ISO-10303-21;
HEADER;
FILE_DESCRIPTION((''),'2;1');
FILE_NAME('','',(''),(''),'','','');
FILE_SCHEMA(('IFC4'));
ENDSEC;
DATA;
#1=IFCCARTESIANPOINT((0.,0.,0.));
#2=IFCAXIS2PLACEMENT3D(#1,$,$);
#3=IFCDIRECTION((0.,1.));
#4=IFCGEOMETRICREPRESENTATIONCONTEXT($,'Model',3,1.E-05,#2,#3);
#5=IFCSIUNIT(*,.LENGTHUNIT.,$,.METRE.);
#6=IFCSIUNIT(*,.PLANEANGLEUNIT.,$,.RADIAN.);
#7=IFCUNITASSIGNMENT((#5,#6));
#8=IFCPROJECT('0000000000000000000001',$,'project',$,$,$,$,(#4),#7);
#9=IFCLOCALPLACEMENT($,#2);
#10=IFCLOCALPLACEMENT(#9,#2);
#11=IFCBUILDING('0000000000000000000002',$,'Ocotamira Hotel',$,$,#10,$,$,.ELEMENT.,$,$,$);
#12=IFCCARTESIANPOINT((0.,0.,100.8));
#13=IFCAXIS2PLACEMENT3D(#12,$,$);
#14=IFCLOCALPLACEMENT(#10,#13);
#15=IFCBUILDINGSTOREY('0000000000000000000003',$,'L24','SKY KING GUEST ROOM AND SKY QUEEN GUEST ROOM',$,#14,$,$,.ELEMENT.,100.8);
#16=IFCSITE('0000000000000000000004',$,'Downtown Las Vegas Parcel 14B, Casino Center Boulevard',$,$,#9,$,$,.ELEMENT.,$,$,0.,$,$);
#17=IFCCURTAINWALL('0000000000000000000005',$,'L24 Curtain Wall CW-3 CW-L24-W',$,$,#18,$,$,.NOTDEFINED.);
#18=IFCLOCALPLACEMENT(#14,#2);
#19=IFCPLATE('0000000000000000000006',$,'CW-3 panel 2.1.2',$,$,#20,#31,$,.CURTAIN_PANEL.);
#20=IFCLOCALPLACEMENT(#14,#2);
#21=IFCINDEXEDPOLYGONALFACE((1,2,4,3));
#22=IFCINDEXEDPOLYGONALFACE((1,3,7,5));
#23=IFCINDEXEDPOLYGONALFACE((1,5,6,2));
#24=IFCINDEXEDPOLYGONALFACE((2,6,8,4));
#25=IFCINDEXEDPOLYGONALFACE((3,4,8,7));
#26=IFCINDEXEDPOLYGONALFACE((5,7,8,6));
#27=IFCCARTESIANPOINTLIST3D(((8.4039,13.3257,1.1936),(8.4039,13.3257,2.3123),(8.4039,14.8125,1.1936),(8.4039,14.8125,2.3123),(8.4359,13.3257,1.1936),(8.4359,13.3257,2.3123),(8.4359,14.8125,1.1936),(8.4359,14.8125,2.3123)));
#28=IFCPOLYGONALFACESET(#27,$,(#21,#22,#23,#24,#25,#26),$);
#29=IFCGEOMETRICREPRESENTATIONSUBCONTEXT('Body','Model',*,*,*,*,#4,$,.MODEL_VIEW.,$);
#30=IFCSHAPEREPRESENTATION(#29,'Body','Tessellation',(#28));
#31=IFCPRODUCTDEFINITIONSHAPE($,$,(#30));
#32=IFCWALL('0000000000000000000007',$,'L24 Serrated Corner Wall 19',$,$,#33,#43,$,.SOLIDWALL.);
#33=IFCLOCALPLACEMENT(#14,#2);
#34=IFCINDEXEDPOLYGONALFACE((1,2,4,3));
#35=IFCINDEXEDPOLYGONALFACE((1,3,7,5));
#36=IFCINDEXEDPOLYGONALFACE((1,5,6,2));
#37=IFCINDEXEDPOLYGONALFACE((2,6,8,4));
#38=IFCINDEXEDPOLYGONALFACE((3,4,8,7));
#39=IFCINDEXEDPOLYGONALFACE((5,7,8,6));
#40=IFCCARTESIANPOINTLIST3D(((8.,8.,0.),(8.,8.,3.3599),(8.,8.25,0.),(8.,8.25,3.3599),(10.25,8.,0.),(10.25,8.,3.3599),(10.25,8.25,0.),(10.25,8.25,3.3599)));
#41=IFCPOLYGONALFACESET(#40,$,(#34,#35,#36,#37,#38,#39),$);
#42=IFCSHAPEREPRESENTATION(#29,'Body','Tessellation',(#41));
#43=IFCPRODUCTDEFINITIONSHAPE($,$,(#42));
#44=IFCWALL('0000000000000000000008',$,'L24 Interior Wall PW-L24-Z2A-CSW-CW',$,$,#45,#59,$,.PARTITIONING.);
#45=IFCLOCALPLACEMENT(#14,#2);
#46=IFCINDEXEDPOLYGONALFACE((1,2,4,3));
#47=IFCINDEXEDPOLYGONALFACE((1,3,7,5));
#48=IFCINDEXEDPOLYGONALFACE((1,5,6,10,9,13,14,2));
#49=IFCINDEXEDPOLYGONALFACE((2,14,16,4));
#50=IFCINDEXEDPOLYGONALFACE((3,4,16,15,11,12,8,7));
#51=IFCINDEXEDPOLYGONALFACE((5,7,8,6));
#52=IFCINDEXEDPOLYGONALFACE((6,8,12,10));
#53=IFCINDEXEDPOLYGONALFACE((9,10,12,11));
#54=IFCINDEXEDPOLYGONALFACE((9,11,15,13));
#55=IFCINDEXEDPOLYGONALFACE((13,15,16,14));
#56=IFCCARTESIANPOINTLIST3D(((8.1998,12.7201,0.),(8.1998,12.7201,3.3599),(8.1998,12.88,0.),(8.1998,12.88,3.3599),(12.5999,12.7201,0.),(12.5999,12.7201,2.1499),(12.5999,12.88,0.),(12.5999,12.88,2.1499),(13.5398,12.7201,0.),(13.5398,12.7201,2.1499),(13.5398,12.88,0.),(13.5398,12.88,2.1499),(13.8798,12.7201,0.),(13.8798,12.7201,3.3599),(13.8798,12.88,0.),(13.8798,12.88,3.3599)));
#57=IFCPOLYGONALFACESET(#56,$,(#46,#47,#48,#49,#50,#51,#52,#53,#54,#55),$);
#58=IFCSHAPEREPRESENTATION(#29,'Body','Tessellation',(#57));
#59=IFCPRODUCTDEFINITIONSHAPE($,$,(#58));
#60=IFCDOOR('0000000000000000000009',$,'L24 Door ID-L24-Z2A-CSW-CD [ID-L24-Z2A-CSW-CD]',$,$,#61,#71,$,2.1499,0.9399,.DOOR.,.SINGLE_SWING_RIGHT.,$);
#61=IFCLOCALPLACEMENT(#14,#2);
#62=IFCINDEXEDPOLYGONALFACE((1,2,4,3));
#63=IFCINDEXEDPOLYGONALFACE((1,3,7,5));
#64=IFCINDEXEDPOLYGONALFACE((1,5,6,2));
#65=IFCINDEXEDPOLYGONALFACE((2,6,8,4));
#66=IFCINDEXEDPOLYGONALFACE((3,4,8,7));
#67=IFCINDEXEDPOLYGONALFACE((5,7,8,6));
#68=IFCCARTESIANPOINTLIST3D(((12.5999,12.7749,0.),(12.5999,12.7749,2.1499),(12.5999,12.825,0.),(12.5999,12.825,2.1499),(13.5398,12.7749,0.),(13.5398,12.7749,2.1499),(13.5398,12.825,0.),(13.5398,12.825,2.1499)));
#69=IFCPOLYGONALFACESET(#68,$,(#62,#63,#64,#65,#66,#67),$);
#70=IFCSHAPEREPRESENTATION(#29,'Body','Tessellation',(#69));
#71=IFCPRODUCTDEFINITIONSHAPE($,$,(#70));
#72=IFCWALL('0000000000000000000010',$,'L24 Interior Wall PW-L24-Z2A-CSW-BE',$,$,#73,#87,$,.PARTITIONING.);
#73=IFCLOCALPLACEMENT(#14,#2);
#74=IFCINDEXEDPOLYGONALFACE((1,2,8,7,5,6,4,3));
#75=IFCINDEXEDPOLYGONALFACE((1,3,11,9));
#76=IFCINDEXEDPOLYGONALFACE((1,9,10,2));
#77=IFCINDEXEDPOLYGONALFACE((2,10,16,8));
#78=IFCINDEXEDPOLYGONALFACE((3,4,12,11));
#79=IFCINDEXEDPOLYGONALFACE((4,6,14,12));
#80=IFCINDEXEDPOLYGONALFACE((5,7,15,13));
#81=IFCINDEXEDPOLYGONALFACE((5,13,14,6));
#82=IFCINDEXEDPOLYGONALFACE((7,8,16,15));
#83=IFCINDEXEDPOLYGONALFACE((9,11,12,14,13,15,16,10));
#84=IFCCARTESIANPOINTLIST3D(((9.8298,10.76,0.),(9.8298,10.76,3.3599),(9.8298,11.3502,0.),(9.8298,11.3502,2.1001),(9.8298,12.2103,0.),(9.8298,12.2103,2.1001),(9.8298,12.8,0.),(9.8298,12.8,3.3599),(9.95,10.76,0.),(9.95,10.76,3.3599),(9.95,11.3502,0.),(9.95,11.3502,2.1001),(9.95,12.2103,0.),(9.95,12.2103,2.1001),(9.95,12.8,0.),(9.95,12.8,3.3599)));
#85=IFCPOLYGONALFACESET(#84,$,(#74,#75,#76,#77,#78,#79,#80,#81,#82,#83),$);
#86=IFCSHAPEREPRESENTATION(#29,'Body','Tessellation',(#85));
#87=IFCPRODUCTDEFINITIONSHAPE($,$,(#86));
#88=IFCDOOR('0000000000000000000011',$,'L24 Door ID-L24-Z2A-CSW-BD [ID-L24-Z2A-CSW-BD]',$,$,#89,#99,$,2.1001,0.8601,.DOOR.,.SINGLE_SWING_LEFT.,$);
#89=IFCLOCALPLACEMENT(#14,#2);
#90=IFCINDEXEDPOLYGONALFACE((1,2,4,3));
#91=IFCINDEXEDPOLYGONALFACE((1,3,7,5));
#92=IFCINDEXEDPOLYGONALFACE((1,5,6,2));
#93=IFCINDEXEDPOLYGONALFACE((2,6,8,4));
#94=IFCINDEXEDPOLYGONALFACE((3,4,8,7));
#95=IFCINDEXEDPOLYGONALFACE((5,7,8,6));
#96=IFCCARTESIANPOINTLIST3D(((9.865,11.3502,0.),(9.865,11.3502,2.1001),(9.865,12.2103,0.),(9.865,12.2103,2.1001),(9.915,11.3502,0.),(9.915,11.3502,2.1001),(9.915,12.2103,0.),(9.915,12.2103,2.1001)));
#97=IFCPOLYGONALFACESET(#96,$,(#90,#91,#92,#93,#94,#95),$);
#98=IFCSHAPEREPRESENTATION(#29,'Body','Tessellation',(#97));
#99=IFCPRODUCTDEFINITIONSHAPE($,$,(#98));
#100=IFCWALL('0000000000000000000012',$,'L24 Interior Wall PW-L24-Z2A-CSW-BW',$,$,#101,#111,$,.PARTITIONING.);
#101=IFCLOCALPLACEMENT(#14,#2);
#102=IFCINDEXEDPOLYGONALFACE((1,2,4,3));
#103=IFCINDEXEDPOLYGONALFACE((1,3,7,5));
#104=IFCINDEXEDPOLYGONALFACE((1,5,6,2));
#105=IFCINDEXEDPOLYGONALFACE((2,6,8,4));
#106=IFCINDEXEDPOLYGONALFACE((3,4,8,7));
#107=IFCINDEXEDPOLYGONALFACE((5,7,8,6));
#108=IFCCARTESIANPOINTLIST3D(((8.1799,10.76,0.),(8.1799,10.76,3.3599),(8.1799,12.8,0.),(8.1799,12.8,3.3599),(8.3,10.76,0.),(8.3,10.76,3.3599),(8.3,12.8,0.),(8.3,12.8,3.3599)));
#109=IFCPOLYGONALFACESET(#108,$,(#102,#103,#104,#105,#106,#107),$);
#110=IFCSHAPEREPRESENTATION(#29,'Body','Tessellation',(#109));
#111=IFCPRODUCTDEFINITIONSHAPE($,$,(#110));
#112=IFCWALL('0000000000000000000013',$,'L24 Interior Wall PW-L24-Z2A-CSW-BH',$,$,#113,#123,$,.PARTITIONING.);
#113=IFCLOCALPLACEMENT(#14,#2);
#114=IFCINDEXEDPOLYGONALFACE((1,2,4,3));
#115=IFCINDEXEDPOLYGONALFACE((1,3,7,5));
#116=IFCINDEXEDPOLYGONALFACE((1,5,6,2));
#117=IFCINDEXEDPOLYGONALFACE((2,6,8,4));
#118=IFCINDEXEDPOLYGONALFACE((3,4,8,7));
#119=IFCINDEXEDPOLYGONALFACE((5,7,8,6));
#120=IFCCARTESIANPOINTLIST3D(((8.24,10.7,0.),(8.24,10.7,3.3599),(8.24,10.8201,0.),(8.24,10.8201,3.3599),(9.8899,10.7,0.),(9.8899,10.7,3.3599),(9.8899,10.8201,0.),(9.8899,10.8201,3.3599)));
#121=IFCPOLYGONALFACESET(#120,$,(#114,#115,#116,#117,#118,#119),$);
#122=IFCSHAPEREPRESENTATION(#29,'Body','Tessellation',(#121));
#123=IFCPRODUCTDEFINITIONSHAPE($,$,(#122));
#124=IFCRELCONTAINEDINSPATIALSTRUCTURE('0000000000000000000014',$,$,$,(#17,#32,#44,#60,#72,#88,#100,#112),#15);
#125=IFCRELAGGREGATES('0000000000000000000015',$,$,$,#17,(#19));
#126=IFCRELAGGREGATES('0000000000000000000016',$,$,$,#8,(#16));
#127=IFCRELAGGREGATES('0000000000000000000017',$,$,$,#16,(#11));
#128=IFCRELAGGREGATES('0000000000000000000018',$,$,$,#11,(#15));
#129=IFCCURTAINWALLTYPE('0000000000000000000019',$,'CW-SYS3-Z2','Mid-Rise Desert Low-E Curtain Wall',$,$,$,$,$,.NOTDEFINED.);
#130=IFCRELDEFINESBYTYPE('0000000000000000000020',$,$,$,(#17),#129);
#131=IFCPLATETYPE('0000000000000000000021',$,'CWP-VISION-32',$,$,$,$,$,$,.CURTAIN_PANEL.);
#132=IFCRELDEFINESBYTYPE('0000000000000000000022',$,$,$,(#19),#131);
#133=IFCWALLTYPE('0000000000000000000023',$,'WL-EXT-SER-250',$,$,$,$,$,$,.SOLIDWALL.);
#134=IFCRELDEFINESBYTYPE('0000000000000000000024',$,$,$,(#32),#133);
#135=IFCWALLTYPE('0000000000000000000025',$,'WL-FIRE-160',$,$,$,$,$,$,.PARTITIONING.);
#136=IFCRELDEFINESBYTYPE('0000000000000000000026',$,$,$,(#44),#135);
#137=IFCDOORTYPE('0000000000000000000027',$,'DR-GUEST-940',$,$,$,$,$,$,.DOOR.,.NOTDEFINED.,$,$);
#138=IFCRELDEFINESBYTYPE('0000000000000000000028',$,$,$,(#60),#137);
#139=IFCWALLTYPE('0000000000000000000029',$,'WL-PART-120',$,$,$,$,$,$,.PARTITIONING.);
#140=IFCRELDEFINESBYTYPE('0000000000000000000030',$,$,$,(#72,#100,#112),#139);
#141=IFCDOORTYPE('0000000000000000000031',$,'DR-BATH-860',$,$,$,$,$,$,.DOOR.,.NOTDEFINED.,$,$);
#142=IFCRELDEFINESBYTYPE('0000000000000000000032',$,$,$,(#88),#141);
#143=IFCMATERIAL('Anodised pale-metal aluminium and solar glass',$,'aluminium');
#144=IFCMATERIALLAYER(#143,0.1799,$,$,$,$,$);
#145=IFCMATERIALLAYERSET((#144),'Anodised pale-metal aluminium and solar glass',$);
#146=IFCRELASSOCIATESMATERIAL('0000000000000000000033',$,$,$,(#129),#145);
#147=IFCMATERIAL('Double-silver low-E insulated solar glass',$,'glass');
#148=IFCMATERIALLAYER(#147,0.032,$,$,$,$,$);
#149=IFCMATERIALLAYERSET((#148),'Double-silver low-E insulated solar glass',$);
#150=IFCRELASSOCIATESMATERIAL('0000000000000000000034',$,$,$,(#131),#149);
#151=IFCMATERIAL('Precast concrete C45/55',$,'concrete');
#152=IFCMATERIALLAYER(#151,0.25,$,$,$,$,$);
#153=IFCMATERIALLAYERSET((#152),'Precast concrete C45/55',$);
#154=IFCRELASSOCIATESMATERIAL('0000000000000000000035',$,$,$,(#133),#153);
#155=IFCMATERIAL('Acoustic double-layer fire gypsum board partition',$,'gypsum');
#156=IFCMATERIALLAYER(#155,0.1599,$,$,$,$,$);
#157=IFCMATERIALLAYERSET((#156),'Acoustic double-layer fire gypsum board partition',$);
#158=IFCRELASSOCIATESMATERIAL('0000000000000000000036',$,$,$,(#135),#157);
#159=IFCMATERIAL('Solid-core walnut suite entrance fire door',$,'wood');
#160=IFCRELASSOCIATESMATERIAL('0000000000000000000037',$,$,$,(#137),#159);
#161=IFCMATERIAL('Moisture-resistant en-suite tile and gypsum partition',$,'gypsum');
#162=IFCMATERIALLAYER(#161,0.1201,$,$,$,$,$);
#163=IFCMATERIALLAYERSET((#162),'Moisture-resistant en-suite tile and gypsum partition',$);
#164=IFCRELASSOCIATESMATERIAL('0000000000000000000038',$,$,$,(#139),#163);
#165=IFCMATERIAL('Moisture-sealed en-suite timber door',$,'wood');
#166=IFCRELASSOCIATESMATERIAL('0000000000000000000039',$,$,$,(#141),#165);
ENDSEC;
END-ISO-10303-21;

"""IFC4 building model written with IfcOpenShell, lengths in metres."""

from ifc_helpers import new_model, si_unit, direction, frame, frame_2d, origin, origin_2d, place, context, subcontext, project, spatial, rectangle, extrude, source, transform, mapped, material, layer, layer_set, type_object, element, fill, aggregate, save


model = new_model("IFC4")

# Units and contexts
model_context = context("Model", 3, precision=1e-05, world=origin(), true_north=direction((0.0, 1.0)))
body_context = subcontext(model_context, "Body", "Model", "MODEL_VIEW")
ifc_project = project(units=[si_unit("LENGTHUNIT", "METRE"), si_unit("PLANEANGLEUNIT", "RADIAN")], contexts=[model_context])

# Site, building, storey
site_placement = place(None, origin())
site = spatial("IfcSite", under=ifc_project, at=site_placement, Name="Downtown Las Vegas Parcel 14B, Casino Center Boulevard", CompositionType="ELEMENT", RefElevation=0.0)
building_placement = place(site_placement, origin())
building = spatial("IfcBuilding", under=site, at=building_placement, Name="Ocotamira Hotel", CompositionType="ELEMENT")
storey_placement = place(building_placement, frame((0.0, 0.0, 100.8)))
storey = spatial("IfcBuildingStorey", under=building, at=storey_placement, Name="L24", Description="SKY KING GUEST ROOM AND SKY QUEEN GUEST ROOM", CompositionType="ELEMENT", Elevation=100.8)

# Curtain wall
ifc_material_1 = material(Name="Anodised pale-metal aluminium and solar glass", Category="aluminium")
ifc_layer_1 = layer(ifc_material_1, 0.1799)
ifc_layer_set_1 = layer_set([ifc_layer_1], Name="Anodised pale-metal aluminium and solar glass")
curtain_wall_type = type_object("IfcCurtainWallType", Name="CW-SYS3-Z2", Description="Mid-Rise Desert Low-E Curtain Wall", PredefinedType="NOTDEFINED", material=ifc_layer_set_1)
curtain_wall_placement = place(storey_placement, origin())
curtain_wall = element("IfcCurtainWall", 1, at=curtain_wall_placement, inside=storey, type_object=curtain_wall_type, Name="L24 Curtain Wall CW-3 CW-L24-W", PredefinedType="NOTDEFINED")

# Plate
ifc_material_2 = material(Name="Double-silver low-E insulated solar glass", Category="glass")
ifc_layer_2 = layer(ifc_material_2, 0.032)
ifc_layer_set_2 = layer_set([ifc_layer_2], Name="Double-silver low-E insulated solar glass")
plate_type_1 = type_object("IfcPlateType", Name="CWP-VISION-32", PredefinedType="CURTAIN_PANEL", material=ifc_layer_set_2)
shared_shape_1 = source(origin(), body_context, "Body", "SweptSolid", [
    extrude(rectangle(XDim=1.4868, YDim=0.032, at=origin_2d()), origin(), (0.0, 0.0, 1.0), 1.1187),
])
plate_1_placement = place(storey_placement, frame((8.4199, 14.0691, 1.1936), z_axis=(0.0, 0.0, 1.0), x_axis=(0.0, 1.0, 0.0)))
plate_1 = element("IfcPlate", 2, at=plate_1_placement, type_object=plate_type_1, Name="CW-3 panel 2.1.2", PredefinedType="CURTAIN_PANEL", context=body_context, shape_type="MappedRepresentation", body=[
    mapped(shared_shape_1, transform((0.0, 0.0, 0.0), scale=1.0)),
])
aggregate(curtain_wall, [plate_1])

# Wall
ifc_material_3 = material(Name="Precast concrete C45/55", Category="concrete")
ifc_layer_3 = layer(ifc_material_3, 0.25)
ifc_layer_set_3 = layer_set([ifc_layer_3], Name="Precast concrete C45/55")
wall_type_1 = type_object("IfcWallType", Name="WL-EXT-SER-250", PredefinedType="SOLIDWALL", material=ifc_layer_set_3)
wall_1_placement = place(storey_placement, frame((8.0, 8.125, 0.0), z_axis=(0.0, 0.0, 1.0), x_axis=(1.0, 0.0, 0.0)))
element("IfcWall", 3, at=wall_1_placement, inside=storey, type_object=wall_type_1, Name="L24 Serrated Corner Wall 19", PredefinedType="SOLIDWALL", context=body_context, shape_type="SweptSolid", body=[
    extrude(rectangle(XDim=2.25, YDim=0.25, at=frame_2d((1.125, 0.0))), origin(), (0.0, 0.0, 1.0), 3.3599),
])

# Walls, openings, doors
ifc_material_4 = material(Name="Acoustic double-layer fire gypsum board partition", Category="gypsum")
ifc_layer_4 = layer(ifc_material_4, 0.1599)
ifc_layer_set_4 = layer_set([ifc_layer_4], Name="Acoustic double-layer fire gypsum board partition")
wall_type_2 = type_object("IfcWallType", Name="WL-FIRE-160", PredefinedType="PARTITIONING", material=ifc_layer_set_4)
wall_2_placement = place(storey_placement, frame((8.2, 12.8, 0.0), z_axis=(0.0, 0.0, 1.0), x_axis=(1.0, 0.0, 0.0)))
wall_2 = element("IfcWall", 4, at=wall_2_placement, inside=storey, type_object=wall_type_2, Name="L24 Interior Wall PW-L24-Z2A-CSW-CW", PredefinedType="PARTITIONING", context=body_context, shape_type="SweptSolid", body=[
    extrude(rectangle(XDim=5.6799, YDim=0.1599, at=frame_2d((2.8398, 0.0))), origin(), (0.0, 0.0, 1.0), 3.3599),
])
opening_1_placement = place(wall_2_placement, frame((4.3999, 0.0, 0.0)))
opening_1 = element("IfcOpeningElement", 5, at=opening_1_placement, cuts=wall_2, PredefinedType="OPENING", context=body_context, shape_type="SweptSolid", body=[
    extrude(rectangle(XDim=0.9399, YDim=2.1499, at=frame_2d((0.47, 1.075))), frame((0.0, 0.0898, 0.0), z_axis=(0.0, -1.0, 0.0), x_axis=(1.0, 0.0, 0.0)), (0.0, 0.0, 1.0), 0.1799),
])
ifc_material_5 = material(Name="Solid-core walnut suite entrance fire door", Category="wood")
door_type_1 = type_object("IfcDoorType", Name="DR-GUEST-940", OperationType="NOTDEFINED", PredefinedType="DOOR", material=ifc_material_5)
shared_shape_2 = source(origin(), body_context, "Body", "SweptSolid", [
    extrude(rectangle(XDim=0.9399, YDim=2.1499, at=frame_2d((0.47, 1.075))), frame((0.0, 0.0249, 0.0), z_axis=(0.0, -1.0, 0.0), x_axis=(1.0, 0.0, 0.0)), (0.0, 0.0, 1.0), 0.05),
])
door_1_placement = place(opening_1_placement, origin())
door_1 = element("IfcDoor", 6, at=door_1_placement, inside=storey, type_object=door_type_1, Name="L24 Door ID-L24-Z2A-CSW-CD [ID-L24-Z2A-CSW-CD]", OperationType="SINGLE_SWING_RIGHT", OverallHeight=2.1499, OverallWidth=0.9399, PredefinedType="DOOR", context=body_context, shape_type="MappedRepresentation", body=[
    mapped(shared_shape_2, transform((0.0, 0.0, 0.0), scale=1.0)),
])
fill(opening_1, door_1)
ifc_material_6 = material(Name="Moisture-resistant en-suite tile and gypsum partition", Category="gypsum")
ifc_layer_5 = layer(ifc_material_6, 0.1201)
ifc_layer_set_5 = layer_set([ifc_layer_5], Name="Moisture-resistant en-suite tile and gypsum partition")
wall_type_3 = type_object("IfcWallType", Name="WL-PART-120", PredefinedType="PARTITIONING", material=ifc_layer_set_5)
wall_3_placement = place(storey_placement, frame((9.8899, 10.76, 0.0), z_axis=(0.0, 0.0, 1.0), x_axis=(0.0, 1.0, 0.0)))
wall_3 = element("IfcWall", 7, at=wall_3_placement, inside=storey, type_object=wall_type_3, Name="L24 Interior Wall PW-L24-Z2A-CSW-BE", PredefinedType="PARTITIONING", context=body_context, shape_type="SweptSolid", body=[
    extrude(rectangle(XDim=2.04, YDim=0.1201, at=frame_2d((1.02, 0.0))), origin(), (0.0, 0.0, 1.0), 3.3599),
])
opening_2_placement = place(wall_3_placement, frame((0.5901, 0.0, 0.0)))
opening_2 = element("IfcOpeningElement", 8, at=opening_2_placement, cuts=wall_3, PredefinedType="OPENING", context=body_context, shape_type="SweptSolid", body=[
    extrude(rectangle(XDim=0.8601, YDim=2.1001, at=frame_2d((0.4302, 1.05))), frame((0.0, 0.0701, 0.0), z_axis=(0.0, -1.0, 0.0), x_axis=(1.0, 0.0, 0.0)), (0.0, 0.0, 1.0), 0.1401),
])
ifc_material_7 = material(Name="Moisture-sealed en-suite timber door", Category="wood")
door_type_2 = type_object("IfcDoorType", Name="DR-BATH-860", OperationType="NOTDEFINED", PredefinedType="DOOR", material=ifc_material_7)
shared_shape_3 = source(origin(), body_context, "Body", "SweptSolid", [
    extrude(rectangle(XDim=0.8601, YDim=2.1001, at=frame_2d((0.4302, 1.05))), frame((0.0, 0.0249, 0.0), z_axis=(0.0, -1.0, 0.0), x_axis=(1.0, 0.0, 0.0)), (0.0, 0.0, 1.0), 0.05),
])
door_2_placement = place(opening_2_placement, origin())
door_2 = element("IfcDoor", 9, at=door_2_placement, inside=storey, type_object=door_type_2, Name="L24 Door ID-L24-Z2A-CSW-BD [ID-L24-Z2A-CSW-BD]", OperationType="SINGLE_SWING_LEFT", OverallHeight=2.1001, OverallWidth=0.8601, PredefinedType="DOOR", context=body_context, shape_type="MappedRepresentation", body=[
    mapped(shared_shape_3, transform((0.0, 0.0, 0.0), scale=1.0)),
])
fill(opening_2, door_2)

# Walls
wall_4_placement = place(storey_placement, frame((8.24, 10.76, 0.0), z_axis=(0.0, 0.0, 1.0), x_axis=(0.0, 1.0, 0.0)))
element("IfcWall", 10, at=wall_4_placement, inside=storey, type_object=wall_type_3, Name="L24 Interior Wall PW-L24-Z2A-CSW-BW", PredefinedType="PARTITIONING", context=body_context, shape_type="SweptSolid", body=[
    extrude(rectangle(XDim=2.04, YDim=0.1201, at=frame_2d((1.02, 0.0))), origin(), (0.0, 0.0, 1.0), 3.3599),
])
wall_5_placement = place(storey_placement, frame((8.24, 10.76, 0.0), z_axis=(0.0, 0.0, 1.0), x_axis=(1.0, 0.0, 0.0)))
element("IfcWall", 11, at=wall_5_placement, inside=storey, type_object=wall_type_3, Name="L24 Interior Wall PW-L24-Z2A-CSW-BH", PredefinedType="PARTITIONING", context=body_context, shape_type="SweptSolid", body=[
    extrude(rectangle(XDim=1.6499, YDim=0.1201, at=frame_2d((0.825, 0.0))), origin(), (0.0, 0.0, 1.0), 3.3599),
])

save(model, "model.ifc")
